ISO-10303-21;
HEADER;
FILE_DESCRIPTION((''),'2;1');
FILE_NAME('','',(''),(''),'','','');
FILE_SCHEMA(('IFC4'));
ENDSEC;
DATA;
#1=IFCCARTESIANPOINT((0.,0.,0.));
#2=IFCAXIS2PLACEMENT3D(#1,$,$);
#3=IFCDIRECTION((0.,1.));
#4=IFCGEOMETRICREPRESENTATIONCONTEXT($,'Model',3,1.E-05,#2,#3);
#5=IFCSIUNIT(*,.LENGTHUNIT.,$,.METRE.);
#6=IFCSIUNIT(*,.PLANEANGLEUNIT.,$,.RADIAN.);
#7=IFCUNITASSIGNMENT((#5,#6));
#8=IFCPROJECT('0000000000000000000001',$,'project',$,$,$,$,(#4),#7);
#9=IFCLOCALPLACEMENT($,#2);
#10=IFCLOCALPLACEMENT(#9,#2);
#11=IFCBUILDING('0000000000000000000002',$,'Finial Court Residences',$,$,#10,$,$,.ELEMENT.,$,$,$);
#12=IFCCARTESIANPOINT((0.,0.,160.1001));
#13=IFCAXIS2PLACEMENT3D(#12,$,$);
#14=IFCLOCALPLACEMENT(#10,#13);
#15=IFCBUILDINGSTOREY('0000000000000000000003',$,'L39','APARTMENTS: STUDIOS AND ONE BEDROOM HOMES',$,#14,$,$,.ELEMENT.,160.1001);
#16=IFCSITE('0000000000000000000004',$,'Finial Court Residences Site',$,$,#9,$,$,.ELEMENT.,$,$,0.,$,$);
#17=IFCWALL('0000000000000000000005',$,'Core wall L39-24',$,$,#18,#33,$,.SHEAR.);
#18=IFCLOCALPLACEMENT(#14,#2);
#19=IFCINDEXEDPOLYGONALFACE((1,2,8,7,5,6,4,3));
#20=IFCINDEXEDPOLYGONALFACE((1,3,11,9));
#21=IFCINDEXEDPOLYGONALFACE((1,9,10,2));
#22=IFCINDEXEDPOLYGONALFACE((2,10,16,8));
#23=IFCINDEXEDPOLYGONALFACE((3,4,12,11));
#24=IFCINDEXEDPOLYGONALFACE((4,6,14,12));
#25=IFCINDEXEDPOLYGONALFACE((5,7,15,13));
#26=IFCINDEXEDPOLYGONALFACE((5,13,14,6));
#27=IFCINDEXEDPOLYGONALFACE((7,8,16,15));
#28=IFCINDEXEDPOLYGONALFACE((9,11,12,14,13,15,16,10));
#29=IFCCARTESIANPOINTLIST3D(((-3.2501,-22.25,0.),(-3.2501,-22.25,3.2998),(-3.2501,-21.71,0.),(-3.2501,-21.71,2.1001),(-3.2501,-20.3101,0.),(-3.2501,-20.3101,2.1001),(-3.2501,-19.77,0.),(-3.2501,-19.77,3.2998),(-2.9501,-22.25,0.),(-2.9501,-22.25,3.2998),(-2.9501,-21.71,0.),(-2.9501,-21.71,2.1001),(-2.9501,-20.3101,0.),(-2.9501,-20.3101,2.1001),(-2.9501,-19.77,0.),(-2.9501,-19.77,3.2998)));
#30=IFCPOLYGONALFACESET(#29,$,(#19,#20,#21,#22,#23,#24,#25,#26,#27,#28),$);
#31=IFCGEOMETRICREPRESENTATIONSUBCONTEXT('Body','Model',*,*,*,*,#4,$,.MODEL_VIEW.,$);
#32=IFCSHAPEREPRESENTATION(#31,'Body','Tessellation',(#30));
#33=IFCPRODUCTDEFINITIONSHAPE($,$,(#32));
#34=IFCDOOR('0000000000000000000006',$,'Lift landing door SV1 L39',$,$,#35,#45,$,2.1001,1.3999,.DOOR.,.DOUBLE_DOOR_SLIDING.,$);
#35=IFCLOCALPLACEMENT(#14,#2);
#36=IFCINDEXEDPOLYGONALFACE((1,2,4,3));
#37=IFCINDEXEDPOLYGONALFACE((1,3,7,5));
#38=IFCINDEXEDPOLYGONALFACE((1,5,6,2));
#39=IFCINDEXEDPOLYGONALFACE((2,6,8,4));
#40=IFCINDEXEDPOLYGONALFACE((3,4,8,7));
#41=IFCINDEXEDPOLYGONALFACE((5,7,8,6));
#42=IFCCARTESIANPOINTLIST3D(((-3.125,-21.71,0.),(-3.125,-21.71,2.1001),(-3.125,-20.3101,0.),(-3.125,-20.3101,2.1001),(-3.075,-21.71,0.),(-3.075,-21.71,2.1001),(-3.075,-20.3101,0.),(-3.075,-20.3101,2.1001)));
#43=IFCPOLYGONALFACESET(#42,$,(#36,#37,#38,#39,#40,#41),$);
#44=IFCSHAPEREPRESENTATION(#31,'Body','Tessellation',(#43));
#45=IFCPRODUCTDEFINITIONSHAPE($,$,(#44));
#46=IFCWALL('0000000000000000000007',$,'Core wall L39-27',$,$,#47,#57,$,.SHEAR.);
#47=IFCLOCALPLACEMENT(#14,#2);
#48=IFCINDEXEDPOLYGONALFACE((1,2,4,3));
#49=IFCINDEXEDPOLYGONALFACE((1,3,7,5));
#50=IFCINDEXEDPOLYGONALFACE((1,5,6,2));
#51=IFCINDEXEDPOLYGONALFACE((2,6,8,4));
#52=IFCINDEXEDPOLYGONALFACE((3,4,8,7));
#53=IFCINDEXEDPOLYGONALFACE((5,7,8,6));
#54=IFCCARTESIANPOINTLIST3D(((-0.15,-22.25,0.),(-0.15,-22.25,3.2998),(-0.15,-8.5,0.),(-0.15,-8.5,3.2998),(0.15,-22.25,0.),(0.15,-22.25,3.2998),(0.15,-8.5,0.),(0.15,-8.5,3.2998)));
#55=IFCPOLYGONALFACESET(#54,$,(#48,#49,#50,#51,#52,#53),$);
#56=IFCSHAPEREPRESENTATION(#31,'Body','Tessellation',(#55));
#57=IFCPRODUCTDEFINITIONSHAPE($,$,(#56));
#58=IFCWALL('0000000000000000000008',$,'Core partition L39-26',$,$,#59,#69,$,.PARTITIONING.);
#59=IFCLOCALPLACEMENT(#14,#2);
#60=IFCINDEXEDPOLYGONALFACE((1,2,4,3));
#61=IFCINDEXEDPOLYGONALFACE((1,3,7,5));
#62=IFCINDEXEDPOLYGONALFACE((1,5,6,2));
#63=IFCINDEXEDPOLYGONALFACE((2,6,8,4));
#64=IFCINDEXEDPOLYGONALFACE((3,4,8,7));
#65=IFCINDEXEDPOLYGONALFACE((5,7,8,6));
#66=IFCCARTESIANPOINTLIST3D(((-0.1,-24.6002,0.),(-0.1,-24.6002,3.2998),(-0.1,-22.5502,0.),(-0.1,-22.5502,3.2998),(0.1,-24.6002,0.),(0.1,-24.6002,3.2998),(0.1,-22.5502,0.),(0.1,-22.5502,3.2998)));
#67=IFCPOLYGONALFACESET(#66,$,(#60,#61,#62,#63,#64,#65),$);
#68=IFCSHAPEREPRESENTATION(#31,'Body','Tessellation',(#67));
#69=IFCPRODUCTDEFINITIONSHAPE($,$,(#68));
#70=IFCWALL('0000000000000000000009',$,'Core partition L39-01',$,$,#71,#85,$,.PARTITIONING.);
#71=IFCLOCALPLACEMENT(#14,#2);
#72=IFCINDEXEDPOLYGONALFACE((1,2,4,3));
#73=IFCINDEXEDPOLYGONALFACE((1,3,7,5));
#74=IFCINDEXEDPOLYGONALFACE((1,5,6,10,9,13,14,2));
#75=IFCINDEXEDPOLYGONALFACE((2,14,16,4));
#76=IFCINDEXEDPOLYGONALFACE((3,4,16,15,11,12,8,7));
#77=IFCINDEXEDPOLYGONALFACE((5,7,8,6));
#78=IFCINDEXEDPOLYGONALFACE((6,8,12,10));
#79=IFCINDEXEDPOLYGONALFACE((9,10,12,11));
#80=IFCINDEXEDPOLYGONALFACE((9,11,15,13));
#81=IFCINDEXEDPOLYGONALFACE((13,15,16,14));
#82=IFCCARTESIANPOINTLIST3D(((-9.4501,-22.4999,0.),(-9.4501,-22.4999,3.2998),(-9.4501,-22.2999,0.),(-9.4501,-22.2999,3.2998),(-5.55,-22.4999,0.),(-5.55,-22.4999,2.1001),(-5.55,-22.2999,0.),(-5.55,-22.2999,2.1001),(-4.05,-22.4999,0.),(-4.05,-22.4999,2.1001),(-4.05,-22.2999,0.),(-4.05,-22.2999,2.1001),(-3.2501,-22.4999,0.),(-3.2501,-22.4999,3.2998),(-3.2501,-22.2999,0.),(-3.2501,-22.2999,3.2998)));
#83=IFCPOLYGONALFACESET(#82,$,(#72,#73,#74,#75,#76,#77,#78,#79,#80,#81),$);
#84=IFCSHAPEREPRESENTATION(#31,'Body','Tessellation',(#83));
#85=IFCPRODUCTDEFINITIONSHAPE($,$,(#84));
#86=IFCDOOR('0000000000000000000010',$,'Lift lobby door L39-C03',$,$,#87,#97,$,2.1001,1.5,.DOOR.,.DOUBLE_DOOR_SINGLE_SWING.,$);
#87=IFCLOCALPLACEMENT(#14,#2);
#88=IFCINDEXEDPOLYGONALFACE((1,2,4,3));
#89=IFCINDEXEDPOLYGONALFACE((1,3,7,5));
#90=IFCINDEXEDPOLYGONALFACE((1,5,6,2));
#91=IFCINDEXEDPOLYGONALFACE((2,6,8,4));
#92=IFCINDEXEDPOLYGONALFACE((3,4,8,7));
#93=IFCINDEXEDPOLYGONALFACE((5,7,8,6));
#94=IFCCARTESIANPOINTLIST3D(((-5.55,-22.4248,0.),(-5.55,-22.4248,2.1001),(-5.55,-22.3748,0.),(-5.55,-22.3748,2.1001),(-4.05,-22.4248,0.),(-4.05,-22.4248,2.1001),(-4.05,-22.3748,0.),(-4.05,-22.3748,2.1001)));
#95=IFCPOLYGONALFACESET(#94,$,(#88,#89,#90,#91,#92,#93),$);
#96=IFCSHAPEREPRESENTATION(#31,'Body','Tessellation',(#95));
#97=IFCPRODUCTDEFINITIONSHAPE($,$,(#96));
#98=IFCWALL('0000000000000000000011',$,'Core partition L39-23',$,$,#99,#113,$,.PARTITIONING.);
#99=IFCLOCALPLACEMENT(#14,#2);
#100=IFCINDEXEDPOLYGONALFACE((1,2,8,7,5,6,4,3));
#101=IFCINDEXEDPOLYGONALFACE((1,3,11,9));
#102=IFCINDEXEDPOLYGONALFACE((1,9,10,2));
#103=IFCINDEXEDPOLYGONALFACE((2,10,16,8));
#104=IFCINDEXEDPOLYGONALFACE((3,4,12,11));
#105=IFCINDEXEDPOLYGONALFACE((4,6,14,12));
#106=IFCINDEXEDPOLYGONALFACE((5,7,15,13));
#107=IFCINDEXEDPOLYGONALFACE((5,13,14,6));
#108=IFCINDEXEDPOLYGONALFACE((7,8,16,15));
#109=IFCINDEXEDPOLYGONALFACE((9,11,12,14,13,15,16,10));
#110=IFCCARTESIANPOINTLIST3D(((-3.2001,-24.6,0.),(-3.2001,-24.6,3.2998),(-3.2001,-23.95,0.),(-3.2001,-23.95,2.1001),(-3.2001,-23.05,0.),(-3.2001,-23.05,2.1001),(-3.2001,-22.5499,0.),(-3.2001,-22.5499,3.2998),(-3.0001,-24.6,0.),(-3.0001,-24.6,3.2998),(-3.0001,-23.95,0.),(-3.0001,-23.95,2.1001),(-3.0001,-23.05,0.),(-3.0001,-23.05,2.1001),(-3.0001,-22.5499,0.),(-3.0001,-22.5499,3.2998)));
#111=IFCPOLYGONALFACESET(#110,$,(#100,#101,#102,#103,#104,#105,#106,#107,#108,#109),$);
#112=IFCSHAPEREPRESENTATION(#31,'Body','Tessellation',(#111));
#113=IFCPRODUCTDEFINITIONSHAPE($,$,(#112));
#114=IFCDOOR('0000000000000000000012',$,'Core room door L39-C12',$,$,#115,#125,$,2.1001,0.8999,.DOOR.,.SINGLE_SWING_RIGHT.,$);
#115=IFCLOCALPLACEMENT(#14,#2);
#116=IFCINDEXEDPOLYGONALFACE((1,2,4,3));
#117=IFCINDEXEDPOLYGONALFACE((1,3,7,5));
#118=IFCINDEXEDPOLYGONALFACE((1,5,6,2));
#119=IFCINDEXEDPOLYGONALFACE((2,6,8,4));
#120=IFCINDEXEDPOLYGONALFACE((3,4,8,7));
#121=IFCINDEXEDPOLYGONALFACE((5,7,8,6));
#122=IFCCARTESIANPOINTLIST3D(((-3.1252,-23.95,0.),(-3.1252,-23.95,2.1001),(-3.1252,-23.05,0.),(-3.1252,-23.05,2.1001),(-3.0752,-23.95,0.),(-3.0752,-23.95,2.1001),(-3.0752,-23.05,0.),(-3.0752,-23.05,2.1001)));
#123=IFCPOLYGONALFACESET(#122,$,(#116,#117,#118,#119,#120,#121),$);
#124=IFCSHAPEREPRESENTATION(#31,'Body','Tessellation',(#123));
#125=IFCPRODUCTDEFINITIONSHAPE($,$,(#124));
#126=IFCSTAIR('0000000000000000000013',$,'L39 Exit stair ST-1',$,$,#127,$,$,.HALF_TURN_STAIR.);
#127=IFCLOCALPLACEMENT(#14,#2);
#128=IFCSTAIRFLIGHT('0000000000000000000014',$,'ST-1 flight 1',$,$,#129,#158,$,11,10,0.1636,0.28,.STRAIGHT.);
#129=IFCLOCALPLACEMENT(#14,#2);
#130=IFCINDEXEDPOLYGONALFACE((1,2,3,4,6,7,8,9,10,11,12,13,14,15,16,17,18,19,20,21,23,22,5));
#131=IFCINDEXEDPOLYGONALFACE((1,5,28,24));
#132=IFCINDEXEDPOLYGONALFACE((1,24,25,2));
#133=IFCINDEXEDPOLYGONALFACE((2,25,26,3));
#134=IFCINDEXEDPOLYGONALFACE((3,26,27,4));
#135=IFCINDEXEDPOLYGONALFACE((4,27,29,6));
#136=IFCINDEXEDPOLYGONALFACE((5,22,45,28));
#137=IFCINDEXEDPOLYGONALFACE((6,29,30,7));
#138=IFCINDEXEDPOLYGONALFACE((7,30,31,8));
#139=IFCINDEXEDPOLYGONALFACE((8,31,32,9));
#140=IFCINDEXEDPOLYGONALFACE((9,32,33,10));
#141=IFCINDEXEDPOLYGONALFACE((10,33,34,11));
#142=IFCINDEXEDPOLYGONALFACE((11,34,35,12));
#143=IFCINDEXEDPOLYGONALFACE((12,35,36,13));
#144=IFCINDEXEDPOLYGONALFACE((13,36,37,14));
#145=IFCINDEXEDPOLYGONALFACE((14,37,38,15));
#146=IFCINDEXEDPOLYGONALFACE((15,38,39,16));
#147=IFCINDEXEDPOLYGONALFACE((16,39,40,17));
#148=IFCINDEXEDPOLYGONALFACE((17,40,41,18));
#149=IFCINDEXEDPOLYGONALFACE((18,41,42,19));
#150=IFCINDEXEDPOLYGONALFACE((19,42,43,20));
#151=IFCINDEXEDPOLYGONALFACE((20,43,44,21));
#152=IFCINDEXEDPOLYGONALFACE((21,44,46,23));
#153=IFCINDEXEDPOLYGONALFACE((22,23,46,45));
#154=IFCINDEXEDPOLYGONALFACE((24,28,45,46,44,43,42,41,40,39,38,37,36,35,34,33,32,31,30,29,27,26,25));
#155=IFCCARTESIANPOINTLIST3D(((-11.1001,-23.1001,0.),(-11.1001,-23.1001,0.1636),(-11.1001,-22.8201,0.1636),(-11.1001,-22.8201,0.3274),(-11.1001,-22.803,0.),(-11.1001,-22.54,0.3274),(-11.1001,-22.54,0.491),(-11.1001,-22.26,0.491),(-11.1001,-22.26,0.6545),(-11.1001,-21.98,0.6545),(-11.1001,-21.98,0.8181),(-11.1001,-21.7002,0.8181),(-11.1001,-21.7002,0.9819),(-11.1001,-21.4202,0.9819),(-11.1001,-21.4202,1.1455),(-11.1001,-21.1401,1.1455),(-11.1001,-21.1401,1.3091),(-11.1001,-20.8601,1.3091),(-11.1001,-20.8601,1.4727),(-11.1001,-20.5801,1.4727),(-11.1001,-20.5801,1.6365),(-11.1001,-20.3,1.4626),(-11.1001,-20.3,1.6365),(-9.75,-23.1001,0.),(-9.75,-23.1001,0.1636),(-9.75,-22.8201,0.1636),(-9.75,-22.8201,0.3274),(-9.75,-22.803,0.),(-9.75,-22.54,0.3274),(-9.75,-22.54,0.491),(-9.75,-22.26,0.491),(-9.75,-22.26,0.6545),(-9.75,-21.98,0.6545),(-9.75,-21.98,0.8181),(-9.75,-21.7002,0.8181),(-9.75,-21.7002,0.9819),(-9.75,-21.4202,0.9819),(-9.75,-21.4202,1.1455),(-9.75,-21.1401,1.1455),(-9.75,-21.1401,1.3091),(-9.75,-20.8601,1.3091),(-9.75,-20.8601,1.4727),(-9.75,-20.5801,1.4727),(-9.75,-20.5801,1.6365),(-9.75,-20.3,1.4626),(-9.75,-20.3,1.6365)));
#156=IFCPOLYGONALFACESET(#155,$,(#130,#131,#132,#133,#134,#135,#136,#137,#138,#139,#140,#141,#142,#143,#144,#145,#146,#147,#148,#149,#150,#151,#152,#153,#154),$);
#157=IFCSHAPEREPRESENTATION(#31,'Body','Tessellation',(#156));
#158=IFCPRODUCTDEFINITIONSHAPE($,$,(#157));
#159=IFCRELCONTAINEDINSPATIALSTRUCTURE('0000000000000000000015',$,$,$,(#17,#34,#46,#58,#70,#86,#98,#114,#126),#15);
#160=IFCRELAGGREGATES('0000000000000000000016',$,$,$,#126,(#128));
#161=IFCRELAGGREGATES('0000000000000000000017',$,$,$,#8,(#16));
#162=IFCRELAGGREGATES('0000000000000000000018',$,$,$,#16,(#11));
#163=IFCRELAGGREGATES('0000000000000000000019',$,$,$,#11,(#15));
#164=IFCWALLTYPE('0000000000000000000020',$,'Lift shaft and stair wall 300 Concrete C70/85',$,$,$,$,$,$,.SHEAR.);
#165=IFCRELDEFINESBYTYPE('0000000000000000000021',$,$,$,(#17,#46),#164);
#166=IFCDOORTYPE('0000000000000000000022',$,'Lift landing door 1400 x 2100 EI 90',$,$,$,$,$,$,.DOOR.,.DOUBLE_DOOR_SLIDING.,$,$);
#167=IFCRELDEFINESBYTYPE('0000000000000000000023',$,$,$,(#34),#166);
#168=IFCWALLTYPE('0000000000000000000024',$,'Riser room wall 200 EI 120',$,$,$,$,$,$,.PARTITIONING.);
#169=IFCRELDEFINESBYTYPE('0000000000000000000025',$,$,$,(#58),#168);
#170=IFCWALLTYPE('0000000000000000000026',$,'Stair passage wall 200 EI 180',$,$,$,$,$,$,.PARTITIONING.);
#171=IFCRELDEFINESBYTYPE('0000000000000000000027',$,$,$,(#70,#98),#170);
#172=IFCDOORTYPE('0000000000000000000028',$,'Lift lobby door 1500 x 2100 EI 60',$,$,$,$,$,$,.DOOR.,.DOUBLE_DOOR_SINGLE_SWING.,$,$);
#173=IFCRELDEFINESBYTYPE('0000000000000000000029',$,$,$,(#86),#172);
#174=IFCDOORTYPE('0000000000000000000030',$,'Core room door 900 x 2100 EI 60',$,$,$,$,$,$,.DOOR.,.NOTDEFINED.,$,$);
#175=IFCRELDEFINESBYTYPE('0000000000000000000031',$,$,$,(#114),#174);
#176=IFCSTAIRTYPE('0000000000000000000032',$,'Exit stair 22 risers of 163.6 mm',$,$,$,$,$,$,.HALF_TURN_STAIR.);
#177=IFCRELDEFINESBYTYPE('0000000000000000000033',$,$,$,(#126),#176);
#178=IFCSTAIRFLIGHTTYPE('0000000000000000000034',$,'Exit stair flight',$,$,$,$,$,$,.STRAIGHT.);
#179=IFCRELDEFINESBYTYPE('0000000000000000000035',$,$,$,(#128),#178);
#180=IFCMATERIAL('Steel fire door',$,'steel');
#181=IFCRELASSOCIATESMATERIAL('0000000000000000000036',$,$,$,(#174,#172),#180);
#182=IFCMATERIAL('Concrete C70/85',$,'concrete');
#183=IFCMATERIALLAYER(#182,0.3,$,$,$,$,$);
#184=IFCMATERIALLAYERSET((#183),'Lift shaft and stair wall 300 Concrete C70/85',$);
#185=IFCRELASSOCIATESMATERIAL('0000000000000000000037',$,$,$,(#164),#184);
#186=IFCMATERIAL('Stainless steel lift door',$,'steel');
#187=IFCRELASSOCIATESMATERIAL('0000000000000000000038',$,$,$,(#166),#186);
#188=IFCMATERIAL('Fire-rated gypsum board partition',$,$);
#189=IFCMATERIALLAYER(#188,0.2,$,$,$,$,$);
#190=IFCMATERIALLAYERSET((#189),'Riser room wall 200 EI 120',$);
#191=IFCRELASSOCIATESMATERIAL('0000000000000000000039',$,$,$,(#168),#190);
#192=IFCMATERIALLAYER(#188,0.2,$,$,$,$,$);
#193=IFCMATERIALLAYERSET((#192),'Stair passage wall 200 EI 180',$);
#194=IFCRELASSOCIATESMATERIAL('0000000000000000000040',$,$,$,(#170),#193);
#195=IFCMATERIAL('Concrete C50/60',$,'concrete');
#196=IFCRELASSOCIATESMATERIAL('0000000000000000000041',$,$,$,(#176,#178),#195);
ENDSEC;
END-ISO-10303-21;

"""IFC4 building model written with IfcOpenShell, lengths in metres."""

from ifc_helpers import new_model, si_unit, direction, frame, frame_2d, origin, place, context, subcontext, project, spatial, polyline, rectangle, outline, extrude, material, layer, layer_set, type_object, element, fill, aggregate, save


model = new_model("IFC4")

# Units and contexts
model_context = context("Model", 3, precision=1e-05, world=origin(), true_north=direction((0.0, 1.0)))
body_context = subcontext(model_context, "Body", "Model", "MODEL_VIEW")
ifc_project = project(units=[si_unit("LENGTHUNIT", "METRE"), si_unit("PLANEANGLEUNIT", "RADIAN")], contexts=[model_context])

# Site, building, storey
site_placement = place(None, origin())
site = spatial("IfcSite", under=ifc_project, at=site_placement, Name="Finial Court Residences Site", CompositionType="ELEMENT", RefElevation=0.0)
building_placement = place(site_placement, origin())
building = spatial("IfcBuilding", under=site, at=building_placement, Name="Finial Court Residences", CompositionType="ELEMENT")
storey_placement = place(building_placement, frame((0.0, 0.0, 160.1001)))
storey = spatial("IfcBuildingStorey", under=building, at=storey_placement, Name="L39", Description="APARTMENTS: STUDIOS AND ONE BEDROOM HOMES", CompositionType="ELEMENT", Elevation=160.1001)

# Shared definitions
ifc_material_1 = material(Name="Concrete C70/85", Category="concrete")
ifc_material_2 = material(Name="Fire-rated gypsum board partition")

# Shared definitions
ifc_material_3 = material(Name="Steel fire door", Category="steel")
door_type_1 = type_object("IfcDoorType", Name="Core room door 900 x 2100 EI 60", OperationType="NOTDEFINED", PredefinedType="DOOR", material=ifc_material_3)

# Shared definitions
ifc_layer_1 = layer(ifc_material_1, 0.3)
ifc_layer_set_1 = layer_set([ifc_layer_1], Name="Lift shaft and stair wall 300 Concrete C70/85")
wall_type_1 = type_object("IfcWallType", Name="Lift shaft and stair wall 300 Concrete C70/85", PredefinedType="SHEAR", material=ifc_layer_set_1)

# Wall, opening, door
wall_1_placement = place(storey_placement, frame((-3.1001, -22.25, 0.0), z_axis=(0.0, 0.0, 1.0), x_axis=(0.0, 1.0, 0.0)))
wall_1 = element("IfcWall", 1, at=wall_1_placement, inside=storey, type_object=wall_type_1, Name="Core wall L39-24", PredefinedType="SHEAR", context=body_context, shape_type="SweptSolid", body=[
    extrude(rectangle(XDim=2.48, YDim=0.3, at=frame_2d((1.24, 0.0))), origin(), (0.0, 0.0, 1.0), 3.2998),
])
opening_1_placement = place(wall_1_placement, frame((0.54, 0.0, 0.0)))
opening_1 = element("IfcOpeningElement", 2, at=opening_1_placement, cuts=wall_1, PredefinedType="OPENING", context=body_context, shape_type="SweptSolid", body=[
    extrude(rectangle(XDim=1.3999, YDim=2.1001, at=frame_2d((0.7, 1.05))), frame((0.0, 0.1599, 0.0), z_axis=(0.0, -1.0, 0.0), x_axis=(1.0, 0.0, 0.0)), (0.0, 0.0, 1.0), 0.3201),
])
ifc_material_4 = material(Name="Stainless steel lift door", Category="steel")
door_type_2 = type_object("IfcDoorType", Name="Lift landing door 1400 x 2100 EI 90", OperationType="DOUBLE_DOOR_SLIDING", PredefinedType="DOOR", material=ifc_material_4)
door_1_placement = place(opening_1_placement, origin())
door_1 = element("IfcDoor", 3, at=door_1_placement, inside=storey, type_object=door_type_2, Name="Lift landing door SV1 L39", OperationType="DOUBLE_DOOR_SLIDING", OverallHeight=2.1001, OverallWidth=1.3999, PredefinedType="DOOR", context=body_context, shape_type="SweptSolid", body=[
    extrude(rectangle(XDim=1.3999, YDim=2.1001, at=frame_2d((0.7, 1.05))), frame((0.0, 0.0249, 0.0), z_axis=(0.0, -1.0, 0.0), x_axis=(1.0, 0.0, 0.0)), (0.0, 0.0, 1.0), 0.05),
])
fill(opening_1, door_1)

# Walls
wall_2_placement = place(storey_placement, frame((0.0, -22.25, 0.0), z_axis=(0.0, 0.0, 1.0), x_axis=(0.0, 1.0, 0.0)))
element("IfcWall", 4, at=wall_2_placement, inside=storey, type_object=wall_type_1, Name="Core wall L39-27", PredefinedType="SHEAR", context=body_context, shape_type="SweptSolid", body=[
    extrude(rectangle(XDim=13.75, YDim=0.3, at=frame_2d((6.875, 0.0))), origin(), (0.0, 0.0, 1.0), 3.2998),
])
ifc_layer_2 = layer(ifc_material_2, 0.2)
ifc_layer_set_2 = layer_set([ifc_layer_2], Name="Riser room wall 200 EI 120")
wall_type_2 = type_object("IfcWallType", Name="Riser room wall 200 EI 120", PredefinedType="PARTITIONING", material=ifc_layer_set_2)
wall_3_placement = place(storey_placement, frame((0.0, -24.6001, 0.0), z_axis=(0.0, 0.0, 1.0), x_axis=(0.0, 1.0, 0.0)))
element("IfcWall", 5, at=wall_3_placement, inside=storey, type_object=wall_type_2, Name="Core partition L39-26", PredefinedType="PARTITIONING", context=body_context, shape_type="SweptSolid", body=[
    extrude(rectangle(XDim=2.05, YDim=0.2, at=frame_2d((1.0249, 0.0))), origin(), (0.0, 0.0, 1.0), 3.2998),
])

# Walls, openings, doors
ifc_layer_3 = layer(ifc_material_2, 0.2)
ifc_layer_set_3 = layer_set([ifc_layer_3], Name="Stair passage wall 200 EI 180")
wall_type_3 = type_object("IfcWallType", Name="Stair passage wall 200 EI 180", PredefinedType="PARTITIONING", material=ifc_layer_set_3)
wall_4_placement = place(storey_placement, frame((-3.25, -22.3999, 0.0), z_axis=(0.0, 0.0, 1.0), x_axis=(-1.0, 0.0, 0.0)))
wall_4 = element("IfcWall", 6, at=wall_4_placement, inside=storey, type_object=wall_type_3, Name="Core partition L39-01", PredefinedType="PARTITIONING", context=body_context, shape_type="SweptSolid", body=[
    extrude(rectangle(XDim=6.2, YDim=0.2, at=frame_2d((3.1001, 0.0))), origin(), (0.0, 0.0, 1.0), 3.2998),
])
opening_2_placement = place(wall_4_placement, frame((0.8, 0.0, 0.0)))
opening_2 = element("IfcOpeningElement", 7, at=opening_2_placement, cuts=wall_4, PredefinedType="OPENING", context=body_context, shape_type="SweptSolid", body=[
    extrude(rectangle(XDim=1.5, YDim=2.1001, at=frame_2d((0.75, 1.05))), frame((0.0, 0.1099, 0.0), z_axis=(0.0, -1.0, 0.0), x_axis=(1.0, 0.0, 0.0)), (0.0, 0.0, 1.0), 0.22),
])
door_type_3 = type_object("IfcDoorType", Name="Lift lobby door 1500 x 2100 EI 60", OperationType="DOUBLE_DOOR_SINGLE_SWING", PredefinedType="DOOR", material=ifc_material_3)
door_2_placement = place(opening_2_placement, origin())
door_2 = element("IfcDoor", 8, at=door_2_placement, inside=storey, type_object=door_type_3, Name="Lift lobby door L39-C03", OperationType="DOUBLE_DOOR_SINGLE_SWING", OverallHeight=2.1001, OverallWidth=1.5, PredefinedType="DOOR", context=body_context, shape_type="SweptSolid", body=[
    extrude(rectangle(XDim=1.5, YDim=2.1001, at=frame_2d((0.75, 1.05))), frame((0.0, 0.0249, 0.0), z_axis=(0.0, -1.0, 0.0), x_axis=(1.0, 0.0, 0.0)), (0.0, 0.0, 1.0), 0.05),
])
fill(opening_2, door_2)
wall_5_placement = place(storey_placement, frame((-3.1001, -22.55, 0.0), z_axis=(0.0, 0.0, 1.0), x_axis=(0.0, -1.0, 0.0)))
wall_5 = element("IfcWall", 9, at=wall_5_placement, inside=storey, type_object=wall_type_3, Name="Core partition L39-23", PredefinedType="PARTITIONING", context=body_context, shape_type="SweptSolid", body=[
    extrude(rectangle(XDim=2.05, YDim=0.2, at=frame_2d((1.0249, 0.0))), origin(), (0.0, 0.0, 1.0), 3.2998),
])
opening_3_placement = place(wall_5_placement, frame((0.5, 0.0, 0.0)))
opening_3 = element("IfcOpeningElement", 10, at=opening_3_placement, cuts=wall_5, PredefinedType="OPENING", context=body_context, shape_type="SweptSolid", body=[
    extrude(rectangle(XDim=0.8999, YDim=2.1001, at=frame_2d((0.45, 1.05))), frame((0.0, 0.1099, 0.0), z_axis=(0.0, -1.0, 0.0), x_axis=(1.0, 0.0, 0.0)), (0.0, 0.0, 1.0), 0.22),
])
door_3_placement = place(opening_3_placement, origin())
door_3 = element("IfcDoor", 11, at=door_3_placement, inside=storey, type_object=door_type_1, Name="Core room door L39-C12", OperationType="SINGLE_SWING_RIGHT", OverallHeight=2.1001, OverallWidth=0.8999, PredefinedType="DOOR", context=body_context, shape_type="SweptSolid", body=[
    extrude(rectangle(XDim=0.8999, YDim=2.1001, at=frame_2d((0.45, 1.05))), frame((0.0, 0.0249, 0.0), z_axis=(0.0, -1.0, 0.0), x_axis=(1.0, 0.0, 0.0)), (0.0, 0.0, 1.0), 0.05),
])
fill(opening_3, door_3)

# Stair, stair flight
ifc_material_5 = material(Name="Concrete C50/60", Category="concrete")
stair_type = type_object("IfcStairType", Name="Exit stair 22 risers of 163.6 mm", PredefinedType="HALF_TURN_STAIR", material=ifc_material_5)
stair_placement = place(storey_placement, origin())
stair = element("IfcStair", 12, at=stair_placement, inside=storey, type_object=stair_type, Name="L39 Exit stair ST-1", PredefinedType="HALF_TURN_STAIR")
stair_flight_type = type_object("IfcStairFlightType", Name="Exit stair flight", PredefinedType="STRAIGHT", material=ifc_material_5)
stair_flight_1_placement = place(storey_placement, frame((-10.425, -23.1001, 0.0), z_axis=(0.0, 0.0, 1.0), x_axis=(0.0, 1.0, 0.0)))
stair_flight_1 = element("IfcStairFlight", 13, at=stair_flight_1_placement, type_object=stair_flight_type, Name="ST-1 flight 1", NumberOfRisers=11, NumberOfTreads=10, PredefinedType="STRAIGHT", RiserHeight=0.1636, TreadLength=0.28, context=body_context, shape_type="SweptSolid", body=[
    extrude(outline(polyline([(0.0, 0.0), (0.0, 0.1636), (0.28, 0.1636), (0.28, 0.3274), (0.5601, 0.3274), (0.5601, 0.491), (0.8401, 0.491), (0.8401, 0.6545), (1.1201, 0.6545), (1.1201, 0.8181), (1.3999, 0.8181), (1.3999, 0.9819), (1.6799, 0.9819), (1.6799, 1.1455), (1.96, 1.1455), (1.96, 1.3091), (2.24, 1.3091), (2.24, 1.4727), (2.52, 1.4727), (2.52, 1.6365), (2.8, 1.6365), (2.8, 1.8), (2.8, 1.4626), (0.2971, 0.0), (0.0, 0.0)])), frame((0.0, 0.675, 0.0), z_axis=(0.0, -1.0, 0.0), x_axis=(1.0, 0.0, 0.0)), (0.0, 0.0, 1.0), 1.3501),
])
aggregate(stair, [stair_flight_1])

save(model, "model.ifc")
